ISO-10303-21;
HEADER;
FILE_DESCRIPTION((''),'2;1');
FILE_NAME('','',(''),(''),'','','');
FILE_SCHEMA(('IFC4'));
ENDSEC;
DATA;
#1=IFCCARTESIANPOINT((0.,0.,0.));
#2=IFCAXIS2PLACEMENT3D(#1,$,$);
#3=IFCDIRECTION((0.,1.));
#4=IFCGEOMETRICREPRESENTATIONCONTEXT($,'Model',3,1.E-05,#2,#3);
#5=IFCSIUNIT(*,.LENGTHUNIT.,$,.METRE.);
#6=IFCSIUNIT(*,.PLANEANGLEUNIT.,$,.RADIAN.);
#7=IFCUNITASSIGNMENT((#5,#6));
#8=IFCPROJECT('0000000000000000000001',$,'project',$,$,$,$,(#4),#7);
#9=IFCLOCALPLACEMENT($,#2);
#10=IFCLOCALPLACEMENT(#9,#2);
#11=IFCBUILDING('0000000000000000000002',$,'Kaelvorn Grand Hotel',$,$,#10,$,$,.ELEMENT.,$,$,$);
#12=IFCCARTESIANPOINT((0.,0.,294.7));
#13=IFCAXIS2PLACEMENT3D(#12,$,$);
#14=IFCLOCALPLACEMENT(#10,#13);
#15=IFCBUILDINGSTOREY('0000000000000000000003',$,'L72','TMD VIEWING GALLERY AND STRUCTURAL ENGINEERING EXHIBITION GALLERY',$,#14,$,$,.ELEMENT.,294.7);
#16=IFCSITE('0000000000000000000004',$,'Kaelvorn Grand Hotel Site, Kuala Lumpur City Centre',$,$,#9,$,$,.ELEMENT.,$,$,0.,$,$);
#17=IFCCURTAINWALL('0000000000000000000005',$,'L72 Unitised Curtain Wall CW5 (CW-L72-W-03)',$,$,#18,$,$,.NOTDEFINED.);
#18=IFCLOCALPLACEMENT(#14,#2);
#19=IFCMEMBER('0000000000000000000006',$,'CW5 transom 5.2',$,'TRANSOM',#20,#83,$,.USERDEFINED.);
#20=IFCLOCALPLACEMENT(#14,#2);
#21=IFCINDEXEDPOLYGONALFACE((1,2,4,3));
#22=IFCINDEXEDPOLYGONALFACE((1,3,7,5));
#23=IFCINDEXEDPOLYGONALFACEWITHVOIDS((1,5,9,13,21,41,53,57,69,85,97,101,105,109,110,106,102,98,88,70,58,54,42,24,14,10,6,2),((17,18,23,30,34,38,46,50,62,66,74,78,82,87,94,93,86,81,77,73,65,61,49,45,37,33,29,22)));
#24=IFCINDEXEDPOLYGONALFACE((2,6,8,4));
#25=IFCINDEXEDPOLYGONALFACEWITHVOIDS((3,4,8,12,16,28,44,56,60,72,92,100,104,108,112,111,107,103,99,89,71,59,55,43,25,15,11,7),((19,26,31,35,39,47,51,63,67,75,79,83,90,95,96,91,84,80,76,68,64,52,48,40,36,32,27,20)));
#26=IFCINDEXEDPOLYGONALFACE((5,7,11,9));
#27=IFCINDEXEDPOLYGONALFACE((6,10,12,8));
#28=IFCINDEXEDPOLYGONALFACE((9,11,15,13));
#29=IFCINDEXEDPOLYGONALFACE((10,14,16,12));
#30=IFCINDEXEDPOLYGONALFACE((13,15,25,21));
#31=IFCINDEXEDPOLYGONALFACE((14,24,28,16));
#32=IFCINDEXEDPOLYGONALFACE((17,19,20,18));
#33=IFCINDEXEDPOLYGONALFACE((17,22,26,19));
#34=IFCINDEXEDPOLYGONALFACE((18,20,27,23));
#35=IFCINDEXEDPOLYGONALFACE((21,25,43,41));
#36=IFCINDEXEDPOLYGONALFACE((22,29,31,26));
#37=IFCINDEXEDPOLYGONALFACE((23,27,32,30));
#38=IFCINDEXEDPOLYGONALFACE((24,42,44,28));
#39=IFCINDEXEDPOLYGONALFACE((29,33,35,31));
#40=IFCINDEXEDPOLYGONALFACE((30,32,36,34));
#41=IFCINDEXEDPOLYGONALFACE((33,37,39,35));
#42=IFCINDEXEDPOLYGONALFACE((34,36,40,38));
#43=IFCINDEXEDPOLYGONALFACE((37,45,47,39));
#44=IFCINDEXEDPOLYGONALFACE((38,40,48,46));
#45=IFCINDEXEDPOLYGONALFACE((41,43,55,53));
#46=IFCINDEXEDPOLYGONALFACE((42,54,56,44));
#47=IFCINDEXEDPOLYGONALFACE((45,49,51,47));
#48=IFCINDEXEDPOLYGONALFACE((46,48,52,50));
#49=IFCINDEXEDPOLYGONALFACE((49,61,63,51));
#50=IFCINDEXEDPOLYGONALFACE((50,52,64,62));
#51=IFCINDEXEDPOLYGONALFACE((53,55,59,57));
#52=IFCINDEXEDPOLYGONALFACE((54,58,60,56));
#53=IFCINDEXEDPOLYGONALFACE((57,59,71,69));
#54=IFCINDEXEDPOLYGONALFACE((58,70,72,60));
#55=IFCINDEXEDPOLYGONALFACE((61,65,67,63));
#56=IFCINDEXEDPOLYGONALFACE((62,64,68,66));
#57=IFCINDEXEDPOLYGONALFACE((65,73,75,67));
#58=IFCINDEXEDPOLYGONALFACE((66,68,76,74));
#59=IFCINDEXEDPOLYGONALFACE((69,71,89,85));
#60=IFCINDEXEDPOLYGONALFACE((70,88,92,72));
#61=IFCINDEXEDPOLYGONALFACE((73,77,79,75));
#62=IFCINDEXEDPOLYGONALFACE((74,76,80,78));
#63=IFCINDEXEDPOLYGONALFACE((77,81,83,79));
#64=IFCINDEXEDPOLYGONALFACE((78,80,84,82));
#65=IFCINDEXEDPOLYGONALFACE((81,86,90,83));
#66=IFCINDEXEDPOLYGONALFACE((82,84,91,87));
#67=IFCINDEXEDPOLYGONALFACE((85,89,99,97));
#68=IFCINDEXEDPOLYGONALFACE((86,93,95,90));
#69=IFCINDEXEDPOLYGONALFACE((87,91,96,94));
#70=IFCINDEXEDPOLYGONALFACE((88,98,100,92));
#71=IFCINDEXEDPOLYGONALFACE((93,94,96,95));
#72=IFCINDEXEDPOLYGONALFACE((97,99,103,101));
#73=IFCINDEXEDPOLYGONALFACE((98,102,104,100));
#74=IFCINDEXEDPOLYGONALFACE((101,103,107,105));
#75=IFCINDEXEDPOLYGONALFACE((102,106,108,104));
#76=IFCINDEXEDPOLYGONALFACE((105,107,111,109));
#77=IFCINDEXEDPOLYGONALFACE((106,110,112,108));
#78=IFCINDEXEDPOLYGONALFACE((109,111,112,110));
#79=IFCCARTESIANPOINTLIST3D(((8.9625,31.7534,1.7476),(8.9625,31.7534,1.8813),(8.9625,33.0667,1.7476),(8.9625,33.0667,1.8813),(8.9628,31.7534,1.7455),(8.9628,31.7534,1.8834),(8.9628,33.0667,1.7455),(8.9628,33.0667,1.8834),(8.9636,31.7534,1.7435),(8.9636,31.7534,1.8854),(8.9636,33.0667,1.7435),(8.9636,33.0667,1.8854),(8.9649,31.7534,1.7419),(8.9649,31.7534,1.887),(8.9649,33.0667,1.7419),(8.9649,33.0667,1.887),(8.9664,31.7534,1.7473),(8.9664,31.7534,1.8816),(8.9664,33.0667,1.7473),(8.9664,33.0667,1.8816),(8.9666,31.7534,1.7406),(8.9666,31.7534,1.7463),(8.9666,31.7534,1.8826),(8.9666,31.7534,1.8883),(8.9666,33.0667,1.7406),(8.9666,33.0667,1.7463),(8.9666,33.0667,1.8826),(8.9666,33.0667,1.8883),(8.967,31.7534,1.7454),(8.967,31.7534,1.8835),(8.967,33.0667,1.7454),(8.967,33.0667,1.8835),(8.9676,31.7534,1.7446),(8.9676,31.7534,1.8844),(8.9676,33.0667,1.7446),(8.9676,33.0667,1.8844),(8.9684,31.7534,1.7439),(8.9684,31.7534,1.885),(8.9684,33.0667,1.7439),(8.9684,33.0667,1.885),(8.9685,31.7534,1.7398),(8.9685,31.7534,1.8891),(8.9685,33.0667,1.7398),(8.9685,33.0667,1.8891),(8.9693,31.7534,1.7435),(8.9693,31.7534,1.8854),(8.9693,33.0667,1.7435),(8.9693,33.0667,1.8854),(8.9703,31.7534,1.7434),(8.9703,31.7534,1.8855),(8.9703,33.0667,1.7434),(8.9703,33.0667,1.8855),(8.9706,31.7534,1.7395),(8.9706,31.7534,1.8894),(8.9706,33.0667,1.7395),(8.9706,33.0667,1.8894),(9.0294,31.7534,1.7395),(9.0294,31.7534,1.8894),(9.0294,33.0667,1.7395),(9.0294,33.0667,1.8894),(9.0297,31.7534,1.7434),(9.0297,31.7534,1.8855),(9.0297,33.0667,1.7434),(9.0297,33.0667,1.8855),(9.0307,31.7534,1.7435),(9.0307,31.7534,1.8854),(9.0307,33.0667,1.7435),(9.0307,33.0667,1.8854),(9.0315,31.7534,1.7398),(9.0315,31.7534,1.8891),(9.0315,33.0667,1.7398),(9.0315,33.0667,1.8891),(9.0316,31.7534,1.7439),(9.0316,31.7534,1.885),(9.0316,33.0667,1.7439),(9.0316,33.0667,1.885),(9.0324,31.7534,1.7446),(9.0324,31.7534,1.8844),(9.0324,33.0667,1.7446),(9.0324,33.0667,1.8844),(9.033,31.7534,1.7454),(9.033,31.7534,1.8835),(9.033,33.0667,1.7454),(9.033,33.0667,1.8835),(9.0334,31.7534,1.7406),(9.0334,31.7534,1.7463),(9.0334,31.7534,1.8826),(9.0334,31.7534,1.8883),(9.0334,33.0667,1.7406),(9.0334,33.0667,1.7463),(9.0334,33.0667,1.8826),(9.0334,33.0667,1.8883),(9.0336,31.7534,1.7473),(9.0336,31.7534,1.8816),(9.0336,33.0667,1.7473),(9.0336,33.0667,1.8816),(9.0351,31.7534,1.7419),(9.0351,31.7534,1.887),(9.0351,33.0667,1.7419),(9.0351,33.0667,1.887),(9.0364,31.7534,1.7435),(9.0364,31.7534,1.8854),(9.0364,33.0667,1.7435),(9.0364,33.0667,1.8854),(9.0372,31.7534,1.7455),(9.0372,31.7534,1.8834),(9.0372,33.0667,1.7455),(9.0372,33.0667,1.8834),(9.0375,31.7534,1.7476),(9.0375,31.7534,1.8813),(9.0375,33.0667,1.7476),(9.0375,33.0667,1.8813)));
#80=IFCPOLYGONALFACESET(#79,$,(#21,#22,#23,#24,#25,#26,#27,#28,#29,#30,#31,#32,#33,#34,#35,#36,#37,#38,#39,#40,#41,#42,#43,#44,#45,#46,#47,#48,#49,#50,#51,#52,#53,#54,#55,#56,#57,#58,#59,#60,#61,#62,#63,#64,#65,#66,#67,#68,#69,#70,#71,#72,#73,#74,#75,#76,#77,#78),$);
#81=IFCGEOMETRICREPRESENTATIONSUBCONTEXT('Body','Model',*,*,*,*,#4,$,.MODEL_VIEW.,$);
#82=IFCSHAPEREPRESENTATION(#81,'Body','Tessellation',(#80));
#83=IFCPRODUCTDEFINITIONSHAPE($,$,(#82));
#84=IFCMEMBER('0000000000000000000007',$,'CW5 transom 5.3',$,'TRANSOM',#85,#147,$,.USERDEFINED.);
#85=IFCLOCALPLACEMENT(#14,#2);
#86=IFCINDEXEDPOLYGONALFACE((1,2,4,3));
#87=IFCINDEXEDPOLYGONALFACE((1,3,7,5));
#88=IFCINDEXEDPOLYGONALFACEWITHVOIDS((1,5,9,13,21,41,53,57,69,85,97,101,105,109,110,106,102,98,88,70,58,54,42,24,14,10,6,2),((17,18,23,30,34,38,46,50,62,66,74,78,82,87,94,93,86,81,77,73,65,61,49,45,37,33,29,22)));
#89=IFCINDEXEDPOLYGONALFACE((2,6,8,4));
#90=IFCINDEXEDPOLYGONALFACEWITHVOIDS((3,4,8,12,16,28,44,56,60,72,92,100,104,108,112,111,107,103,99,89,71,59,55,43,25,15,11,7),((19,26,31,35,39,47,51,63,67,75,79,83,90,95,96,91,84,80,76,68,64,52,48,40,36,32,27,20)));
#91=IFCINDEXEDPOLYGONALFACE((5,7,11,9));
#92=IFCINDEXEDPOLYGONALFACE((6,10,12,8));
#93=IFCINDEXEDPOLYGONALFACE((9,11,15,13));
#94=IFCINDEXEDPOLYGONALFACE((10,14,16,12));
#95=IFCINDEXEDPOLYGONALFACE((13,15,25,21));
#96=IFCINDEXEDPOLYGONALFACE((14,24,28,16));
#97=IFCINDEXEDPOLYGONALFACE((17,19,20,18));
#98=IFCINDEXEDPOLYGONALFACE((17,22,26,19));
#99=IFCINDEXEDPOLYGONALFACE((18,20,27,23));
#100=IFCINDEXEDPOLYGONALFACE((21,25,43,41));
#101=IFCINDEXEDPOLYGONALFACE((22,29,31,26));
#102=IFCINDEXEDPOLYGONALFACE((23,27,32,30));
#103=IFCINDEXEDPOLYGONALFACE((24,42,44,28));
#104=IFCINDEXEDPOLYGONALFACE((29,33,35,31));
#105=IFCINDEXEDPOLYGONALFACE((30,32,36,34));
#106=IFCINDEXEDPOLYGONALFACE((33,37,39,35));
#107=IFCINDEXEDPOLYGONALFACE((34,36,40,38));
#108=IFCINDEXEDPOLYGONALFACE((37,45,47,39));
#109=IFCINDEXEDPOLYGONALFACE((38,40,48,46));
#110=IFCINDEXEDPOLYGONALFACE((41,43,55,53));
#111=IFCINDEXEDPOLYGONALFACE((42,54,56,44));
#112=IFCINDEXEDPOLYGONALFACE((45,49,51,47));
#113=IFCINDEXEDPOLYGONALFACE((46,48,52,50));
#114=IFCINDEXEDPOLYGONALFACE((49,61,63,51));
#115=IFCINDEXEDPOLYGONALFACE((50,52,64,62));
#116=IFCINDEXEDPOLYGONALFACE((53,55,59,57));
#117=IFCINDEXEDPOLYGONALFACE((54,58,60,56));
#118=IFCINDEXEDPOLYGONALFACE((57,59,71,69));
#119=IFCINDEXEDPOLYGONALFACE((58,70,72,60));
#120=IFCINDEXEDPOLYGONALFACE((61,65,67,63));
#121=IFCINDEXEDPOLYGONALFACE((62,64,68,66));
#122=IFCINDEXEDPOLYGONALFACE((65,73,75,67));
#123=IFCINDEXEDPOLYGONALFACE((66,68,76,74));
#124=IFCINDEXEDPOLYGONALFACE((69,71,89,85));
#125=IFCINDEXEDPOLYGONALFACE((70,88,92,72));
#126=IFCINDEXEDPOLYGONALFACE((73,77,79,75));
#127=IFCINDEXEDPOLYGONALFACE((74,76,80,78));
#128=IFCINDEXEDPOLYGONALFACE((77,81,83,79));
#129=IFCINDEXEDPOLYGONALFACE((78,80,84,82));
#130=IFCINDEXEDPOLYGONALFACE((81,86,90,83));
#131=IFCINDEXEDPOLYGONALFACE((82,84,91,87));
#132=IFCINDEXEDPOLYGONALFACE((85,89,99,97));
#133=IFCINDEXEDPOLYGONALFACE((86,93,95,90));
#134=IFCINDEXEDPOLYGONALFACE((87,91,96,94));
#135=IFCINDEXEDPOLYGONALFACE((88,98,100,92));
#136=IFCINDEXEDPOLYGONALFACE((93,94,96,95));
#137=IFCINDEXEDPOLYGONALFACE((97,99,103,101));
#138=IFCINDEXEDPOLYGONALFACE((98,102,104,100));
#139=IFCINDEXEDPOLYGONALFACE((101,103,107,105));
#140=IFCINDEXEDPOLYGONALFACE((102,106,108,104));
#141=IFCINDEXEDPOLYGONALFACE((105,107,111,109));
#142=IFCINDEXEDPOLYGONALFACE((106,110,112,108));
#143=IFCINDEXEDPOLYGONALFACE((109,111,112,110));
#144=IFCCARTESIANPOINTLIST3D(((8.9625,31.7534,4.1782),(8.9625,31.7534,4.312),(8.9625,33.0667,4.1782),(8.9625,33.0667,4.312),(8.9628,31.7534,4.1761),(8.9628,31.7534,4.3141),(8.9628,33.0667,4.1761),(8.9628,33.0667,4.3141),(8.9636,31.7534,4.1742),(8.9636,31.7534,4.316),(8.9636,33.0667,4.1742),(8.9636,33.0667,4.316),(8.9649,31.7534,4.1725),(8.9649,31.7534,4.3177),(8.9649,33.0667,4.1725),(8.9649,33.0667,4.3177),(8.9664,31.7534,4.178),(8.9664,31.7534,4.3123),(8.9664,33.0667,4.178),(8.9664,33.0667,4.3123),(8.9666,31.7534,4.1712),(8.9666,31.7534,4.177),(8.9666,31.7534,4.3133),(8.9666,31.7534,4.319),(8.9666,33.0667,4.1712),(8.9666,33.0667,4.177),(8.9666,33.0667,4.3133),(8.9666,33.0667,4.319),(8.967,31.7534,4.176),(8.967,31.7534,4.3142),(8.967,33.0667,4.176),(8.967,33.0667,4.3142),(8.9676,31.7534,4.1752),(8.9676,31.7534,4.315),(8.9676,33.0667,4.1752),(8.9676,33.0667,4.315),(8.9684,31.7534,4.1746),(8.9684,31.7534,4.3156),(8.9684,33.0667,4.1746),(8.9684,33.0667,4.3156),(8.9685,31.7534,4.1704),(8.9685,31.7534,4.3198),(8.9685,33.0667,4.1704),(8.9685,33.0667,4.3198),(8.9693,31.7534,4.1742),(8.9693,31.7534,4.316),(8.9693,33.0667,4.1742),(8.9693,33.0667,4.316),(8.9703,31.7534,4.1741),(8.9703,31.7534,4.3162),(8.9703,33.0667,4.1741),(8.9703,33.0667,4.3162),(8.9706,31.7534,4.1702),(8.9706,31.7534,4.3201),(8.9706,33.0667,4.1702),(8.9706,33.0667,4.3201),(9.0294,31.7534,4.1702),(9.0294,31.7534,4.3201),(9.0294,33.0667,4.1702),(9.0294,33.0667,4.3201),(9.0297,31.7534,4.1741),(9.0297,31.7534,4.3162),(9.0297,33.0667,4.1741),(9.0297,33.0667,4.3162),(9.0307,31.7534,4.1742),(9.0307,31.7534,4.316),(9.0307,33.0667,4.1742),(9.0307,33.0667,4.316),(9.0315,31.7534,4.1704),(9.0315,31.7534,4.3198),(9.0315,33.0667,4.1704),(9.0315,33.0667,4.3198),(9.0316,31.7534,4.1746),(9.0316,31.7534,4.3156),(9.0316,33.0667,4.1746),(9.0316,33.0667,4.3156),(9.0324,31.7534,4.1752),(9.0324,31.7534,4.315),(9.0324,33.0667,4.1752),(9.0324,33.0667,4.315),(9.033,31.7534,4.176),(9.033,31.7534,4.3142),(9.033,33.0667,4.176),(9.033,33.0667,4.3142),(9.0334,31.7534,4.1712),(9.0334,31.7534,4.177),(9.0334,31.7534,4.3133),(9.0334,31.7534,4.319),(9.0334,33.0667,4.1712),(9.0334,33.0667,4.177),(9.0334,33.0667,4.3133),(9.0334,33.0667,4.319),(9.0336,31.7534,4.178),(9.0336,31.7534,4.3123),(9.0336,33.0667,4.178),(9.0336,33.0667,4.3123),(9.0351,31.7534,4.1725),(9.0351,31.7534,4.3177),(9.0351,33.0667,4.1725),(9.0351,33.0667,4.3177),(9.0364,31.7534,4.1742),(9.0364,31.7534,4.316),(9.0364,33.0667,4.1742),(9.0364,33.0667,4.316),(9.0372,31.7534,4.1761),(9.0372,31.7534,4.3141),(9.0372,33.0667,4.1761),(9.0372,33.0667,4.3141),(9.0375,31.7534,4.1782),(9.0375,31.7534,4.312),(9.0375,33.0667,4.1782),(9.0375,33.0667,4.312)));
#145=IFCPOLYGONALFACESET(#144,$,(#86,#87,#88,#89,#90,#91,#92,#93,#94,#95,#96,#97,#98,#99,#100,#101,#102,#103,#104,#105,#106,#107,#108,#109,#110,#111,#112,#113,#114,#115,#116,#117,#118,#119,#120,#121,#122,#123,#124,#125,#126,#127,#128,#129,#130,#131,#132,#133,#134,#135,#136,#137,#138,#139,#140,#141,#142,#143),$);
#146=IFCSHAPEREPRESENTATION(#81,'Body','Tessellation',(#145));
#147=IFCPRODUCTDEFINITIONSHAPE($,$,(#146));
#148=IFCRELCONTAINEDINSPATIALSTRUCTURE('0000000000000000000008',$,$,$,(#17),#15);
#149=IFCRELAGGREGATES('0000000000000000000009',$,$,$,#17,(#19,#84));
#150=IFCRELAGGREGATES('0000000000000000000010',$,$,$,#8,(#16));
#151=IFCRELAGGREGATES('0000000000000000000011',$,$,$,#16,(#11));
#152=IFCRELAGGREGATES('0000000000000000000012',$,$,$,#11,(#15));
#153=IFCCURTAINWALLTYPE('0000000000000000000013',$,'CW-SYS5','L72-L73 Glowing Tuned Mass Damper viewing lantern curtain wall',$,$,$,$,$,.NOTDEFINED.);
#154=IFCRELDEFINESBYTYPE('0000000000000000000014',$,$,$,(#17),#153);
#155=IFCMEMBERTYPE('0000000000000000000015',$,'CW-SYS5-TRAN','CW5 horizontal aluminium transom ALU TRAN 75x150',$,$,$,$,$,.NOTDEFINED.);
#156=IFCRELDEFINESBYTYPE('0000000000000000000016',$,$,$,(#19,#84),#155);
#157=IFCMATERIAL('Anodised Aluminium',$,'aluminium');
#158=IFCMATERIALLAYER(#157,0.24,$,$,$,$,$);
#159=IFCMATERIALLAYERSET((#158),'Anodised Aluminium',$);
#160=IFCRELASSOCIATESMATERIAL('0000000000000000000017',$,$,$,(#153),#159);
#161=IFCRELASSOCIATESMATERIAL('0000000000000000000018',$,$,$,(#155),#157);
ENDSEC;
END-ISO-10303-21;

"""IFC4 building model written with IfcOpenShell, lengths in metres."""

from ifc_helpers import new_model, si_unit, direction, frame, origin, origin_2d, place, context, subcontext, project, spatial, hollow_rectangle, extrude, material, layer, layer_set, material_profile, profile_set, type_object, element, aggregate, save


model = new_model("IFC4")

# Units and contexts
model_context = context("Model", 3, precision=1e-05, world=origin(), true_north=direction((0.0, 1.0)))
body_context = subcontext(model_context, "Body", "Model", "MODEL_VIEW")
ifc_project = project(units=[si_unit("LENGTHUNIT", "METRE"), si_unit("PLANEANGLEUNIT", "RADIAN")], contexts=[model_context])

# Site, building, storey
site_placement = place(None, origin())
site = spatial("IfcSite", under=ifc_project, at=site_placement, Name="Kaelvorn Grand Hotel Site, Kuala Lumpur City Centre", CompositionType="ELEMENT", RefElevation=0.0)
building_placement = place(site_placement, origin())
building = spatial("IfcBuilding", under=site, at=building_placement, Name="Kaelvorn Grand Hotel", CompositionType="ELEMENT")
storey_placement = place(building_placement, frame((0.0, 0.0, 294.7)))
storey = spatial("IfcBuildingStorey", under=building, at=storey_placement, Name="L72", Description="TMD VIEWING GALLERY AND STRUCTURAL ENGINEERING EXHIBITION GALLERY", CompositionType="ELEMENT", Elevation=294.7)

# Curtain wall, members
ifc_material_1 = material(Name="Anodised Aluminium", Category="aluminium")
ifc_layer_1 = layer(ifc_material_1, 0.24)
ifc_layer_set_1 = layer_set([ifc_layer_1], Name="Anodised Aluminium")
curtain_wall_type = type_object("IfcCurtainWallType", Name="CW-SYS5", Description="L72-L73 Glowing Tuned Mass Damper viewing lantern curtain wall", PredefinedType="NOTDEFINED", material=ifc_layer_set_1)
curtain_wall_placement = place(storey_placement, origin())
curtain_wall = element("IfcCurtainWall", 1, at=curtain_wall_placement, inside=storey, type_object=curtain_wall_type, Name="L72 Unitised Curtain Wall CW5 (CW-L72-W-03)", PredefinedType="NOTDEFINED")
ifc_material_profile_1 = material_profile(ifc_material_1, hollow_rectangle(XDim=0.075, YDim=0.1499, WallThickness=0.0039, InnerFilletRadius=0.0039, OuterFilletRadius=0.0081, at=origin_2d()), Name="ALU TRAN 75x150")
ifc_profile_set_1 = profile_set([ifc_material_profile_1], Name="Anodised Aluminium")
member_type_1 = type_object("IfcMemberType", Name="CW-SYS5-TRAN", Description="CW5 horizontal aluminium transom ALU TRAN 75x150", PredefinedType="NOTDEFINED", material=ifc_profile_set_1)
member_1_placement = place(storey_placement, frame((9.0, 33.0667, 1.8145), z_axis=(0.0, -1.0, 0.0), x_axis=(1.0, 0.0, 0.0)))
member_1 = element("IfcMember", 2, at=member_1_placement, type_object=member_type_1, Name="CW5 transom 5.2", ObjectType="TRANSOM", PredefinedType="USERDEFINED", context=body_context, shape_type="SweptSolid", body=[
    extrude(hollow_rectangle(XDim=0.075, YDim=0.1499, WallThickness=0.0039, InnerFilletRadius=0.0039, OuterFilletRadius=0.0081, at=origin_2d()), origin(), (0.0, 0.0, 1.0), 1.3132),
])
member_2_placement = place(storey_placement, frame((9.0, 33.0667, 4.2451), z_axis=(0.0, -1.0, 0.0), x_axis=(1.0, 0.0, 0.0)))
member_2 = element("IfcMember", 3, at=member_2_placement, type_object=member_type_1, Name="CW5 transom 5.3", ObjectType="TRANSOM", PredefinedType="USERDEFINED", context=body_context, shape_type="SweptSolid", body=[
    extrude(hollow_rectangle(XDim=0.075, YDim=0.1499, WallThickness=0.0039, InnerFilletRadius=0.0039, OuterFilletRadius=0.0081, at=origin_2d()), origin(), (0.0, 0.0, 1.0), 1.3132),
])
aggregate(curtain_wall, [member_1, member_2])

save(model, "model.ifc")
